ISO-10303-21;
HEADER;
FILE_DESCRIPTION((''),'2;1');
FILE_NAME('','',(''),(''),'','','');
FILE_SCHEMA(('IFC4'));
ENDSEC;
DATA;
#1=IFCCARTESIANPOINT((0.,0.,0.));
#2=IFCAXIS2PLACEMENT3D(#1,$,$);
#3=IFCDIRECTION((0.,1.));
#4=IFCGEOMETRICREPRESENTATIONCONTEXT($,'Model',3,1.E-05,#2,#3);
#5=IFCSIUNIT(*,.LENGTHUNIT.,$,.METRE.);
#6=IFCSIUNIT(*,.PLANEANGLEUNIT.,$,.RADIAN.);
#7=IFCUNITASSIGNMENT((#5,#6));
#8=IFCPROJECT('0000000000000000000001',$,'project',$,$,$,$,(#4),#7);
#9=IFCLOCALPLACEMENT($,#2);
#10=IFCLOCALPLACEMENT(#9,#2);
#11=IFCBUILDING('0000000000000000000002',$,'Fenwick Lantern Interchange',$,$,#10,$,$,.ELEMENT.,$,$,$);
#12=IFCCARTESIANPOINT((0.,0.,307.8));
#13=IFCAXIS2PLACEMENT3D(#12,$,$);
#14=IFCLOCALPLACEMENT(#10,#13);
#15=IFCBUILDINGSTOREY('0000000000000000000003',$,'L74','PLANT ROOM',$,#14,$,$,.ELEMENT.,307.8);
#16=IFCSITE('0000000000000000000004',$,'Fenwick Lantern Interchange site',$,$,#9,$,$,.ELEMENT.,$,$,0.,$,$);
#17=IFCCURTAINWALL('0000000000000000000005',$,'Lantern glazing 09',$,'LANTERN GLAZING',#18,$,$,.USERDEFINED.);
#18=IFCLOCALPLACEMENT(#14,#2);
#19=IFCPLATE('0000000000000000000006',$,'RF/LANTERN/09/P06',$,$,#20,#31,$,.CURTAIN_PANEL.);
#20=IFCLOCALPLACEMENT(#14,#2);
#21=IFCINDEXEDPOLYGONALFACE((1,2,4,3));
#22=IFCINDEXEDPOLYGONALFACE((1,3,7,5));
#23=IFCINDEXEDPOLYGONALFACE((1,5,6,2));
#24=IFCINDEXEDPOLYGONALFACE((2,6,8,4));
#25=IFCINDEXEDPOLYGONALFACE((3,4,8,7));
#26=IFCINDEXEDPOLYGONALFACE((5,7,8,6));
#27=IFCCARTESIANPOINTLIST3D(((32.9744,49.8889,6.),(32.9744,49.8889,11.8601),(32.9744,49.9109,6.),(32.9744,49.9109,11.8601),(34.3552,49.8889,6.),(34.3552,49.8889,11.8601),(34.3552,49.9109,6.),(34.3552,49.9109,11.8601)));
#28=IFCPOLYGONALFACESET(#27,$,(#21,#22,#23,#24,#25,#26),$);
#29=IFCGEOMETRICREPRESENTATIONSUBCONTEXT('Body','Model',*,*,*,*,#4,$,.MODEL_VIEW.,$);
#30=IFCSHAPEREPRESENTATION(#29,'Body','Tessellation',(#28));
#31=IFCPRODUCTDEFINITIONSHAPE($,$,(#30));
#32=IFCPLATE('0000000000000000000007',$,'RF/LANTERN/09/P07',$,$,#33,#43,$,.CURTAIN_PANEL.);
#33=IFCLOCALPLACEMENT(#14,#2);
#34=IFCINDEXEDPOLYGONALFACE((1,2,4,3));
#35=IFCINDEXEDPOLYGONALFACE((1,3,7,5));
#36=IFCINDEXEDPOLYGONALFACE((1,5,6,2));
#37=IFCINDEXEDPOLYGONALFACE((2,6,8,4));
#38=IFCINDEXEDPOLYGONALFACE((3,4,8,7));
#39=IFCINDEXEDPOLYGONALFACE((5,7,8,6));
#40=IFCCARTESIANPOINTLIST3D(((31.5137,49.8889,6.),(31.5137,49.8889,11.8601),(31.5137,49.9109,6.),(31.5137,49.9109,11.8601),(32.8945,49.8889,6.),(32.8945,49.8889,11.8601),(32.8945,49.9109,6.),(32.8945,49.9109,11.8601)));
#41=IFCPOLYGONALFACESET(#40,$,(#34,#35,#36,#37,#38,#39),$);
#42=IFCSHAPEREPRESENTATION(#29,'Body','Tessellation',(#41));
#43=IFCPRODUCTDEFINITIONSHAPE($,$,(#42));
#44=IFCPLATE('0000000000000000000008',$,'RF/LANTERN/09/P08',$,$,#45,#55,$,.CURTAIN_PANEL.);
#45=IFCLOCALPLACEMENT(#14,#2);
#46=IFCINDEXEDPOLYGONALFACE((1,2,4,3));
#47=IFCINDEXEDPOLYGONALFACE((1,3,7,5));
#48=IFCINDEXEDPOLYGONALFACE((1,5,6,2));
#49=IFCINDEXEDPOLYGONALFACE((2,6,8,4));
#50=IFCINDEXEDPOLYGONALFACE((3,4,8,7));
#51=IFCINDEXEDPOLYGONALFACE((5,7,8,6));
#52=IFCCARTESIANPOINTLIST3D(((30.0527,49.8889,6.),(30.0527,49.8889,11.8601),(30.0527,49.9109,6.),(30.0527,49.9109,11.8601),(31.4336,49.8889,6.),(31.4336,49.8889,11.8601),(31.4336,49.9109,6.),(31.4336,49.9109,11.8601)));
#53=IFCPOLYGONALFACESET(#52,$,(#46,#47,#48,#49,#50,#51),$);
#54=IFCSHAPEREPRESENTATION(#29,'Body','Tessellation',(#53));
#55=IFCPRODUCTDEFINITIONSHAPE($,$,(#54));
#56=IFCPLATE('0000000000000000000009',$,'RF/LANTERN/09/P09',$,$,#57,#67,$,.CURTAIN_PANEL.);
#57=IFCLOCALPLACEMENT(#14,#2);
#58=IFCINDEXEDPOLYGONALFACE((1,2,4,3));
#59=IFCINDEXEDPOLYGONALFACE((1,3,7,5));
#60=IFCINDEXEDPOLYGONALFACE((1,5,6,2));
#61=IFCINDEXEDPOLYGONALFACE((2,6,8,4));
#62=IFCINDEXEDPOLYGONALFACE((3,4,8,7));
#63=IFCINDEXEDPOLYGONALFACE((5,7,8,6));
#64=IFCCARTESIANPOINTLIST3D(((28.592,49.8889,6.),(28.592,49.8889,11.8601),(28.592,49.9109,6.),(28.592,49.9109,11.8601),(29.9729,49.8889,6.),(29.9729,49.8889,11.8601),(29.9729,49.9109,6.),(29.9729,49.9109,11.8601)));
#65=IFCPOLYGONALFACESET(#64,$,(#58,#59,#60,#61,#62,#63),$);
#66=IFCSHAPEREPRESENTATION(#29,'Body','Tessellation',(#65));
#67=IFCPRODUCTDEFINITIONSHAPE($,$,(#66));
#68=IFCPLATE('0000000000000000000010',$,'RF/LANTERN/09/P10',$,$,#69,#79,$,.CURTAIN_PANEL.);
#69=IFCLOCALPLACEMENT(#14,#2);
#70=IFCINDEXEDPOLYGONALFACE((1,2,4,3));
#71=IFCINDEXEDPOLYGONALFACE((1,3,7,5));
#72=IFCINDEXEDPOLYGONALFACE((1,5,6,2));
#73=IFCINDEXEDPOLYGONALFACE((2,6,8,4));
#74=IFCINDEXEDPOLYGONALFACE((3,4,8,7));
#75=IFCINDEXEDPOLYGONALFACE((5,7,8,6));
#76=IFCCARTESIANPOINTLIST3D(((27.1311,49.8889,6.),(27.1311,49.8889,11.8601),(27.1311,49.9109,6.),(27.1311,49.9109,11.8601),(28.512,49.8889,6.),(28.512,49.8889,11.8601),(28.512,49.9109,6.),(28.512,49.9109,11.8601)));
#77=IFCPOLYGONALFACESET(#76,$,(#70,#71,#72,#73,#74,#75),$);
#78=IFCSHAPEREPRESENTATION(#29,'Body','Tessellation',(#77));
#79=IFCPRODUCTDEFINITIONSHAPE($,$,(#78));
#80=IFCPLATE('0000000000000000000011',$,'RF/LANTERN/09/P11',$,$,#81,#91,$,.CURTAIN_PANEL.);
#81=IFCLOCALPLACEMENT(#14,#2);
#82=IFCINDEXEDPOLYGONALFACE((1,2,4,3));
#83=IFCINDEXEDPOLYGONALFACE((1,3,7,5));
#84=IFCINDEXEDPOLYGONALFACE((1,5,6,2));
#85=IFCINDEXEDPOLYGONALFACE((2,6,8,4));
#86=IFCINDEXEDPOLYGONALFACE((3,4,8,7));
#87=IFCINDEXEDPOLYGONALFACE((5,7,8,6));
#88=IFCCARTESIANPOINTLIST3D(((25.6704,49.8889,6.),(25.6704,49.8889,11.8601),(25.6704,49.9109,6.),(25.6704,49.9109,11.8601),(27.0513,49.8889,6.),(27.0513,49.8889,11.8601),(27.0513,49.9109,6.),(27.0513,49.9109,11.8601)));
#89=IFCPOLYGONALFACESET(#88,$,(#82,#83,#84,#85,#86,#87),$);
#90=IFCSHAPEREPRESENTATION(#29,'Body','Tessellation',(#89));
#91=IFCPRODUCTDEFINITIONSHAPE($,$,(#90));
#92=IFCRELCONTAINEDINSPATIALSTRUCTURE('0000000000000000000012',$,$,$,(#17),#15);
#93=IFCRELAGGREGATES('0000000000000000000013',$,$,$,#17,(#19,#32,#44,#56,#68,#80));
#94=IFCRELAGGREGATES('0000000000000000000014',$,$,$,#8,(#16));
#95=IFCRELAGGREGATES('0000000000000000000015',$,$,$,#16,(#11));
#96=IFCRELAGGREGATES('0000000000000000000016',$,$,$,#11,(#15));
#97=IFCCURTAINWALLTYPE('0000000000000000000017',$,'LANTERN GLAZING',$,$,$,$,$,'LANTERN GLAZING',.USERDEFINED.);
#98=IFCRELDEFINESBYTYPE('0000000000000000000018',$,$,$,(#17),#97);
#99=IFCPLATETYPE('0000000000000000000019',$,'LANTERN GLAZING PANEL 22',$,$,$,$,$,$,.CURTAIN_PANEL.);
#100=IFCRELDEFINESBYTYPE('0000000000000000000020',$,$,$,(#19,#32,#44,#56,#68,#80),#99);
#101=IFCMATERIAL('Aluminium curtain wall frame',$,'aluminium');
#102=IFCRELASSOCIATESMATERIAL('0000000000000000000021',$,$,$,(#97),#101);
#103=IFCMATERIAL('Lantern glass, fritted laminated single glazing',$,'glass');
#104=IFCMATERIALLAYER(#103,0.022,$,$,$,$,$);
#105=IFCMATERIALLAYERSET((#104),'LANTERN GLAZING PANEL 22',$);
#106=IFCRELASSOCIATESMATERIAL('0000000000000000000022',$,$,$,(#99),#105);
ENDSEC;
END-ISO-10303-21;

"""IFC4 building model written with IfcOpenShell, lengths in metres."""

from ifc_helpers import new_model, si_unit, direction, frame, origin, origin_2d, place, context, subcontext, project, spatial, rectangle, extrude, material, layer, layer_set, type_object, element, aggregate, save


model = new_model("IFC4")

# Units and contexts
model_context = context("Model", 3, precision=1e-05, world=origin(), true_north=direction((0.0, 1.0)))
body_context = subcontext(model_context, "Body", "Model", "MODEL_VIEW")
ifc_project = project(units=[si_unit("LENGTHUNIT", "METRE"), si_unit("PLANEANGLEUNIT", "RADIAN")], contexts=[model_context])

# Site, building, storey
site_placement = place(None, origin())
site = spatial("IfcSite", under=ifc_project, at=site_placement, Name="Fenwick Lantern Interchange site", CompositionType="ELEMENT", RefElevation=0.0)
building_placement = place(site_placement, origin())
building = spatial("IfcBuilding", under=site, at=building_placement, Name="Fenwick Lantern Interchange", CompositionType="ELEMENT")
storey_placement = place(building_placement, frame((0.0, 0.0, 307.8)))
storey = spatial("IfcBuildingStorey", under=building, at=storey_placement, Name="L74", Description="PLANT ROOM", CompositionType="ELEMENT", Elevation=307.8)

# Curtain wall
ifc_material_1 = material(Name="Aluminium curtain wall frame", Category="aluminium")
curtain_wall_type = type_object("IfcCurtainWallType", Name="LANTERN GLAZING", ElementType="LANTERN GLAZING", PredefinedType="USERDEFINED", material=ifc_material_1)
curtain_wall_1_placement = place(storey_placement, origin())
curtain_wall_1 = element("IfcCurtainWall", 1, at=curtain_wall_1_placement, inside=storey, type_object=curtain_wall_type, Name="Lantern glazing 09", ObjectType="LANTERN GLAZING", PredefinedType="USERDEFINED")

# Plates
ifc_material_2 = material(Name="Lantern glass, fritted laminated single glazing", Category="glass")
ifc_layer = layer(ifc_material_2, 0.022)
ifc_layer_set = layer_set([ifc_layer], Name="LANTERN GLAZING PANEL 22")
plate_type = type_object("IfcPlateType", Name="LANTERN GLAZING PANEL 22", PredefinedType="CURTAIN_PANEL", material=ifc_layer_set)
plate_1_placement = place(storey_placement, frame((33.6648, 49.8999, 6.0), z_axis=(0.0, 0.0, 1.0), x_axis=(-1.0, 0.0, 0.0)))
plate_1 = element("IfcPlate", 2, at=plate_1_placement, type_object=plate_type, Name="RF/LANTERN/09/P06", PredefinedType="CURTAIN_PANEL", context=body_context, shape_type="SweptSolid", body=[
    extrude(rectangle(XDim=1.3809, YDim=0.022, at=origin_2d()), origin(), (0.0, 0.0, 1.0), 5.8601),
])
plate_2_placement = place(storey_placement, frame((32.2041, 49.8999, 6.0), z_axis=(0.0, 0.0, 1.0), x_axis=(-1.0, 0.0, 0.0)))
plate_2 = element("IfcPlate", 3, at=plate_2_placement, type_object=plate_type, Name="RF/LANTERN/09/P07", PredefinedType="CURTAIN_PANEL", context=body_context, shape_type="SweptSolid", body=[
    extrude(rectangle(XDim=1.3809, YDim=0.022, at=origin_2d()), origin(), (0.0, 0.0, 1.0), 5.8601),
])
plate_3_placement = place(storey_placement, frame((30.7432, 49.8999, 6.0), z_axis=(0.0, 0.0, 1.0), x_axis=(-1.0, 0.0, 0.0)))
plate_3 = element("IfcPlate", 4, at=plate_3_placement, type_object=plate_type, Name="RF/LANTERN/09/P08", PredefinedType="CURTAIN_PANEL", context=body_context, shape_type="SweptSolid", body=[
    extrude(rectangle(XDim=1.3809, YDim=0.022, at=origin_2d()), origin(), (0.0, 0.0, 1.0), 5.8601),
])
plate_4_placement = place(storey_placement, frame((29.2825, 49.8999, 6.0), z_axis=(0.0, 0.0, 1.0), x_axis=(-1.0, 0.0, 0.0)))
plate_4 = element("IfcPlate", 5, at=plate_4_placement, type_object=plate_type, Name="RF/LANTERN/09/P09", PredefinedType="CURTAIN_PANEL", context=body_context, shape_type="SweptSolid", body=[
    extrude(rectangle(XDim=1.3809, YDim=0.022, at=origin_2d()), origin(), (0.0, 0.0, 1.0), 5.8601),
])
plate_5_placement = place(storey_placement, frame((27.8215, 49.8999, 6.0), z_axis=(0.0, 0.0, 1.0), x_axis=(-1.0, 0.0, 0.0)))
plate_5 = element("IfcPlate", 6, at=plate_5_placement, type_object=plate_type, Name="RF/LANTERN/09/P10", PredefinedType="CURTAIN_PANEL", context=body_context, shape_type="SweptSolid", body=[
    extrude(rectangle(XDim=1.3809, YDim=0.022, at=origin_2d()), origin(), (0.0, 0.0, 1.0), 5.8601),
])
plate_6_placement = place(storey_placement, frame((26.3608, 49.8999, 6.0), z_axis=(0.0, 0.0, 1.0), x_axis=(-1.0, 0.0, 0.0)))
plate_6 = element("IfcPlate", 7, at=plate_6_placement, type_object=plate_type, Name="RF/LANTERN/09/P11", PredefinedType="CURTAIN_PANEL", context=body_context, shape_type="SweptSolid", body=[
    extrude(rectangle(XDim=1.3809, YDim=0.022, at=origin_2d()), origin(), (0.0, 0.0, 1.0), 5.8601),
])
aggregate(curtain_wall_1, [plate_1, plate_2, plate_3, plate_4, plate_5, plate_6])

save(model, "model.ifc")
